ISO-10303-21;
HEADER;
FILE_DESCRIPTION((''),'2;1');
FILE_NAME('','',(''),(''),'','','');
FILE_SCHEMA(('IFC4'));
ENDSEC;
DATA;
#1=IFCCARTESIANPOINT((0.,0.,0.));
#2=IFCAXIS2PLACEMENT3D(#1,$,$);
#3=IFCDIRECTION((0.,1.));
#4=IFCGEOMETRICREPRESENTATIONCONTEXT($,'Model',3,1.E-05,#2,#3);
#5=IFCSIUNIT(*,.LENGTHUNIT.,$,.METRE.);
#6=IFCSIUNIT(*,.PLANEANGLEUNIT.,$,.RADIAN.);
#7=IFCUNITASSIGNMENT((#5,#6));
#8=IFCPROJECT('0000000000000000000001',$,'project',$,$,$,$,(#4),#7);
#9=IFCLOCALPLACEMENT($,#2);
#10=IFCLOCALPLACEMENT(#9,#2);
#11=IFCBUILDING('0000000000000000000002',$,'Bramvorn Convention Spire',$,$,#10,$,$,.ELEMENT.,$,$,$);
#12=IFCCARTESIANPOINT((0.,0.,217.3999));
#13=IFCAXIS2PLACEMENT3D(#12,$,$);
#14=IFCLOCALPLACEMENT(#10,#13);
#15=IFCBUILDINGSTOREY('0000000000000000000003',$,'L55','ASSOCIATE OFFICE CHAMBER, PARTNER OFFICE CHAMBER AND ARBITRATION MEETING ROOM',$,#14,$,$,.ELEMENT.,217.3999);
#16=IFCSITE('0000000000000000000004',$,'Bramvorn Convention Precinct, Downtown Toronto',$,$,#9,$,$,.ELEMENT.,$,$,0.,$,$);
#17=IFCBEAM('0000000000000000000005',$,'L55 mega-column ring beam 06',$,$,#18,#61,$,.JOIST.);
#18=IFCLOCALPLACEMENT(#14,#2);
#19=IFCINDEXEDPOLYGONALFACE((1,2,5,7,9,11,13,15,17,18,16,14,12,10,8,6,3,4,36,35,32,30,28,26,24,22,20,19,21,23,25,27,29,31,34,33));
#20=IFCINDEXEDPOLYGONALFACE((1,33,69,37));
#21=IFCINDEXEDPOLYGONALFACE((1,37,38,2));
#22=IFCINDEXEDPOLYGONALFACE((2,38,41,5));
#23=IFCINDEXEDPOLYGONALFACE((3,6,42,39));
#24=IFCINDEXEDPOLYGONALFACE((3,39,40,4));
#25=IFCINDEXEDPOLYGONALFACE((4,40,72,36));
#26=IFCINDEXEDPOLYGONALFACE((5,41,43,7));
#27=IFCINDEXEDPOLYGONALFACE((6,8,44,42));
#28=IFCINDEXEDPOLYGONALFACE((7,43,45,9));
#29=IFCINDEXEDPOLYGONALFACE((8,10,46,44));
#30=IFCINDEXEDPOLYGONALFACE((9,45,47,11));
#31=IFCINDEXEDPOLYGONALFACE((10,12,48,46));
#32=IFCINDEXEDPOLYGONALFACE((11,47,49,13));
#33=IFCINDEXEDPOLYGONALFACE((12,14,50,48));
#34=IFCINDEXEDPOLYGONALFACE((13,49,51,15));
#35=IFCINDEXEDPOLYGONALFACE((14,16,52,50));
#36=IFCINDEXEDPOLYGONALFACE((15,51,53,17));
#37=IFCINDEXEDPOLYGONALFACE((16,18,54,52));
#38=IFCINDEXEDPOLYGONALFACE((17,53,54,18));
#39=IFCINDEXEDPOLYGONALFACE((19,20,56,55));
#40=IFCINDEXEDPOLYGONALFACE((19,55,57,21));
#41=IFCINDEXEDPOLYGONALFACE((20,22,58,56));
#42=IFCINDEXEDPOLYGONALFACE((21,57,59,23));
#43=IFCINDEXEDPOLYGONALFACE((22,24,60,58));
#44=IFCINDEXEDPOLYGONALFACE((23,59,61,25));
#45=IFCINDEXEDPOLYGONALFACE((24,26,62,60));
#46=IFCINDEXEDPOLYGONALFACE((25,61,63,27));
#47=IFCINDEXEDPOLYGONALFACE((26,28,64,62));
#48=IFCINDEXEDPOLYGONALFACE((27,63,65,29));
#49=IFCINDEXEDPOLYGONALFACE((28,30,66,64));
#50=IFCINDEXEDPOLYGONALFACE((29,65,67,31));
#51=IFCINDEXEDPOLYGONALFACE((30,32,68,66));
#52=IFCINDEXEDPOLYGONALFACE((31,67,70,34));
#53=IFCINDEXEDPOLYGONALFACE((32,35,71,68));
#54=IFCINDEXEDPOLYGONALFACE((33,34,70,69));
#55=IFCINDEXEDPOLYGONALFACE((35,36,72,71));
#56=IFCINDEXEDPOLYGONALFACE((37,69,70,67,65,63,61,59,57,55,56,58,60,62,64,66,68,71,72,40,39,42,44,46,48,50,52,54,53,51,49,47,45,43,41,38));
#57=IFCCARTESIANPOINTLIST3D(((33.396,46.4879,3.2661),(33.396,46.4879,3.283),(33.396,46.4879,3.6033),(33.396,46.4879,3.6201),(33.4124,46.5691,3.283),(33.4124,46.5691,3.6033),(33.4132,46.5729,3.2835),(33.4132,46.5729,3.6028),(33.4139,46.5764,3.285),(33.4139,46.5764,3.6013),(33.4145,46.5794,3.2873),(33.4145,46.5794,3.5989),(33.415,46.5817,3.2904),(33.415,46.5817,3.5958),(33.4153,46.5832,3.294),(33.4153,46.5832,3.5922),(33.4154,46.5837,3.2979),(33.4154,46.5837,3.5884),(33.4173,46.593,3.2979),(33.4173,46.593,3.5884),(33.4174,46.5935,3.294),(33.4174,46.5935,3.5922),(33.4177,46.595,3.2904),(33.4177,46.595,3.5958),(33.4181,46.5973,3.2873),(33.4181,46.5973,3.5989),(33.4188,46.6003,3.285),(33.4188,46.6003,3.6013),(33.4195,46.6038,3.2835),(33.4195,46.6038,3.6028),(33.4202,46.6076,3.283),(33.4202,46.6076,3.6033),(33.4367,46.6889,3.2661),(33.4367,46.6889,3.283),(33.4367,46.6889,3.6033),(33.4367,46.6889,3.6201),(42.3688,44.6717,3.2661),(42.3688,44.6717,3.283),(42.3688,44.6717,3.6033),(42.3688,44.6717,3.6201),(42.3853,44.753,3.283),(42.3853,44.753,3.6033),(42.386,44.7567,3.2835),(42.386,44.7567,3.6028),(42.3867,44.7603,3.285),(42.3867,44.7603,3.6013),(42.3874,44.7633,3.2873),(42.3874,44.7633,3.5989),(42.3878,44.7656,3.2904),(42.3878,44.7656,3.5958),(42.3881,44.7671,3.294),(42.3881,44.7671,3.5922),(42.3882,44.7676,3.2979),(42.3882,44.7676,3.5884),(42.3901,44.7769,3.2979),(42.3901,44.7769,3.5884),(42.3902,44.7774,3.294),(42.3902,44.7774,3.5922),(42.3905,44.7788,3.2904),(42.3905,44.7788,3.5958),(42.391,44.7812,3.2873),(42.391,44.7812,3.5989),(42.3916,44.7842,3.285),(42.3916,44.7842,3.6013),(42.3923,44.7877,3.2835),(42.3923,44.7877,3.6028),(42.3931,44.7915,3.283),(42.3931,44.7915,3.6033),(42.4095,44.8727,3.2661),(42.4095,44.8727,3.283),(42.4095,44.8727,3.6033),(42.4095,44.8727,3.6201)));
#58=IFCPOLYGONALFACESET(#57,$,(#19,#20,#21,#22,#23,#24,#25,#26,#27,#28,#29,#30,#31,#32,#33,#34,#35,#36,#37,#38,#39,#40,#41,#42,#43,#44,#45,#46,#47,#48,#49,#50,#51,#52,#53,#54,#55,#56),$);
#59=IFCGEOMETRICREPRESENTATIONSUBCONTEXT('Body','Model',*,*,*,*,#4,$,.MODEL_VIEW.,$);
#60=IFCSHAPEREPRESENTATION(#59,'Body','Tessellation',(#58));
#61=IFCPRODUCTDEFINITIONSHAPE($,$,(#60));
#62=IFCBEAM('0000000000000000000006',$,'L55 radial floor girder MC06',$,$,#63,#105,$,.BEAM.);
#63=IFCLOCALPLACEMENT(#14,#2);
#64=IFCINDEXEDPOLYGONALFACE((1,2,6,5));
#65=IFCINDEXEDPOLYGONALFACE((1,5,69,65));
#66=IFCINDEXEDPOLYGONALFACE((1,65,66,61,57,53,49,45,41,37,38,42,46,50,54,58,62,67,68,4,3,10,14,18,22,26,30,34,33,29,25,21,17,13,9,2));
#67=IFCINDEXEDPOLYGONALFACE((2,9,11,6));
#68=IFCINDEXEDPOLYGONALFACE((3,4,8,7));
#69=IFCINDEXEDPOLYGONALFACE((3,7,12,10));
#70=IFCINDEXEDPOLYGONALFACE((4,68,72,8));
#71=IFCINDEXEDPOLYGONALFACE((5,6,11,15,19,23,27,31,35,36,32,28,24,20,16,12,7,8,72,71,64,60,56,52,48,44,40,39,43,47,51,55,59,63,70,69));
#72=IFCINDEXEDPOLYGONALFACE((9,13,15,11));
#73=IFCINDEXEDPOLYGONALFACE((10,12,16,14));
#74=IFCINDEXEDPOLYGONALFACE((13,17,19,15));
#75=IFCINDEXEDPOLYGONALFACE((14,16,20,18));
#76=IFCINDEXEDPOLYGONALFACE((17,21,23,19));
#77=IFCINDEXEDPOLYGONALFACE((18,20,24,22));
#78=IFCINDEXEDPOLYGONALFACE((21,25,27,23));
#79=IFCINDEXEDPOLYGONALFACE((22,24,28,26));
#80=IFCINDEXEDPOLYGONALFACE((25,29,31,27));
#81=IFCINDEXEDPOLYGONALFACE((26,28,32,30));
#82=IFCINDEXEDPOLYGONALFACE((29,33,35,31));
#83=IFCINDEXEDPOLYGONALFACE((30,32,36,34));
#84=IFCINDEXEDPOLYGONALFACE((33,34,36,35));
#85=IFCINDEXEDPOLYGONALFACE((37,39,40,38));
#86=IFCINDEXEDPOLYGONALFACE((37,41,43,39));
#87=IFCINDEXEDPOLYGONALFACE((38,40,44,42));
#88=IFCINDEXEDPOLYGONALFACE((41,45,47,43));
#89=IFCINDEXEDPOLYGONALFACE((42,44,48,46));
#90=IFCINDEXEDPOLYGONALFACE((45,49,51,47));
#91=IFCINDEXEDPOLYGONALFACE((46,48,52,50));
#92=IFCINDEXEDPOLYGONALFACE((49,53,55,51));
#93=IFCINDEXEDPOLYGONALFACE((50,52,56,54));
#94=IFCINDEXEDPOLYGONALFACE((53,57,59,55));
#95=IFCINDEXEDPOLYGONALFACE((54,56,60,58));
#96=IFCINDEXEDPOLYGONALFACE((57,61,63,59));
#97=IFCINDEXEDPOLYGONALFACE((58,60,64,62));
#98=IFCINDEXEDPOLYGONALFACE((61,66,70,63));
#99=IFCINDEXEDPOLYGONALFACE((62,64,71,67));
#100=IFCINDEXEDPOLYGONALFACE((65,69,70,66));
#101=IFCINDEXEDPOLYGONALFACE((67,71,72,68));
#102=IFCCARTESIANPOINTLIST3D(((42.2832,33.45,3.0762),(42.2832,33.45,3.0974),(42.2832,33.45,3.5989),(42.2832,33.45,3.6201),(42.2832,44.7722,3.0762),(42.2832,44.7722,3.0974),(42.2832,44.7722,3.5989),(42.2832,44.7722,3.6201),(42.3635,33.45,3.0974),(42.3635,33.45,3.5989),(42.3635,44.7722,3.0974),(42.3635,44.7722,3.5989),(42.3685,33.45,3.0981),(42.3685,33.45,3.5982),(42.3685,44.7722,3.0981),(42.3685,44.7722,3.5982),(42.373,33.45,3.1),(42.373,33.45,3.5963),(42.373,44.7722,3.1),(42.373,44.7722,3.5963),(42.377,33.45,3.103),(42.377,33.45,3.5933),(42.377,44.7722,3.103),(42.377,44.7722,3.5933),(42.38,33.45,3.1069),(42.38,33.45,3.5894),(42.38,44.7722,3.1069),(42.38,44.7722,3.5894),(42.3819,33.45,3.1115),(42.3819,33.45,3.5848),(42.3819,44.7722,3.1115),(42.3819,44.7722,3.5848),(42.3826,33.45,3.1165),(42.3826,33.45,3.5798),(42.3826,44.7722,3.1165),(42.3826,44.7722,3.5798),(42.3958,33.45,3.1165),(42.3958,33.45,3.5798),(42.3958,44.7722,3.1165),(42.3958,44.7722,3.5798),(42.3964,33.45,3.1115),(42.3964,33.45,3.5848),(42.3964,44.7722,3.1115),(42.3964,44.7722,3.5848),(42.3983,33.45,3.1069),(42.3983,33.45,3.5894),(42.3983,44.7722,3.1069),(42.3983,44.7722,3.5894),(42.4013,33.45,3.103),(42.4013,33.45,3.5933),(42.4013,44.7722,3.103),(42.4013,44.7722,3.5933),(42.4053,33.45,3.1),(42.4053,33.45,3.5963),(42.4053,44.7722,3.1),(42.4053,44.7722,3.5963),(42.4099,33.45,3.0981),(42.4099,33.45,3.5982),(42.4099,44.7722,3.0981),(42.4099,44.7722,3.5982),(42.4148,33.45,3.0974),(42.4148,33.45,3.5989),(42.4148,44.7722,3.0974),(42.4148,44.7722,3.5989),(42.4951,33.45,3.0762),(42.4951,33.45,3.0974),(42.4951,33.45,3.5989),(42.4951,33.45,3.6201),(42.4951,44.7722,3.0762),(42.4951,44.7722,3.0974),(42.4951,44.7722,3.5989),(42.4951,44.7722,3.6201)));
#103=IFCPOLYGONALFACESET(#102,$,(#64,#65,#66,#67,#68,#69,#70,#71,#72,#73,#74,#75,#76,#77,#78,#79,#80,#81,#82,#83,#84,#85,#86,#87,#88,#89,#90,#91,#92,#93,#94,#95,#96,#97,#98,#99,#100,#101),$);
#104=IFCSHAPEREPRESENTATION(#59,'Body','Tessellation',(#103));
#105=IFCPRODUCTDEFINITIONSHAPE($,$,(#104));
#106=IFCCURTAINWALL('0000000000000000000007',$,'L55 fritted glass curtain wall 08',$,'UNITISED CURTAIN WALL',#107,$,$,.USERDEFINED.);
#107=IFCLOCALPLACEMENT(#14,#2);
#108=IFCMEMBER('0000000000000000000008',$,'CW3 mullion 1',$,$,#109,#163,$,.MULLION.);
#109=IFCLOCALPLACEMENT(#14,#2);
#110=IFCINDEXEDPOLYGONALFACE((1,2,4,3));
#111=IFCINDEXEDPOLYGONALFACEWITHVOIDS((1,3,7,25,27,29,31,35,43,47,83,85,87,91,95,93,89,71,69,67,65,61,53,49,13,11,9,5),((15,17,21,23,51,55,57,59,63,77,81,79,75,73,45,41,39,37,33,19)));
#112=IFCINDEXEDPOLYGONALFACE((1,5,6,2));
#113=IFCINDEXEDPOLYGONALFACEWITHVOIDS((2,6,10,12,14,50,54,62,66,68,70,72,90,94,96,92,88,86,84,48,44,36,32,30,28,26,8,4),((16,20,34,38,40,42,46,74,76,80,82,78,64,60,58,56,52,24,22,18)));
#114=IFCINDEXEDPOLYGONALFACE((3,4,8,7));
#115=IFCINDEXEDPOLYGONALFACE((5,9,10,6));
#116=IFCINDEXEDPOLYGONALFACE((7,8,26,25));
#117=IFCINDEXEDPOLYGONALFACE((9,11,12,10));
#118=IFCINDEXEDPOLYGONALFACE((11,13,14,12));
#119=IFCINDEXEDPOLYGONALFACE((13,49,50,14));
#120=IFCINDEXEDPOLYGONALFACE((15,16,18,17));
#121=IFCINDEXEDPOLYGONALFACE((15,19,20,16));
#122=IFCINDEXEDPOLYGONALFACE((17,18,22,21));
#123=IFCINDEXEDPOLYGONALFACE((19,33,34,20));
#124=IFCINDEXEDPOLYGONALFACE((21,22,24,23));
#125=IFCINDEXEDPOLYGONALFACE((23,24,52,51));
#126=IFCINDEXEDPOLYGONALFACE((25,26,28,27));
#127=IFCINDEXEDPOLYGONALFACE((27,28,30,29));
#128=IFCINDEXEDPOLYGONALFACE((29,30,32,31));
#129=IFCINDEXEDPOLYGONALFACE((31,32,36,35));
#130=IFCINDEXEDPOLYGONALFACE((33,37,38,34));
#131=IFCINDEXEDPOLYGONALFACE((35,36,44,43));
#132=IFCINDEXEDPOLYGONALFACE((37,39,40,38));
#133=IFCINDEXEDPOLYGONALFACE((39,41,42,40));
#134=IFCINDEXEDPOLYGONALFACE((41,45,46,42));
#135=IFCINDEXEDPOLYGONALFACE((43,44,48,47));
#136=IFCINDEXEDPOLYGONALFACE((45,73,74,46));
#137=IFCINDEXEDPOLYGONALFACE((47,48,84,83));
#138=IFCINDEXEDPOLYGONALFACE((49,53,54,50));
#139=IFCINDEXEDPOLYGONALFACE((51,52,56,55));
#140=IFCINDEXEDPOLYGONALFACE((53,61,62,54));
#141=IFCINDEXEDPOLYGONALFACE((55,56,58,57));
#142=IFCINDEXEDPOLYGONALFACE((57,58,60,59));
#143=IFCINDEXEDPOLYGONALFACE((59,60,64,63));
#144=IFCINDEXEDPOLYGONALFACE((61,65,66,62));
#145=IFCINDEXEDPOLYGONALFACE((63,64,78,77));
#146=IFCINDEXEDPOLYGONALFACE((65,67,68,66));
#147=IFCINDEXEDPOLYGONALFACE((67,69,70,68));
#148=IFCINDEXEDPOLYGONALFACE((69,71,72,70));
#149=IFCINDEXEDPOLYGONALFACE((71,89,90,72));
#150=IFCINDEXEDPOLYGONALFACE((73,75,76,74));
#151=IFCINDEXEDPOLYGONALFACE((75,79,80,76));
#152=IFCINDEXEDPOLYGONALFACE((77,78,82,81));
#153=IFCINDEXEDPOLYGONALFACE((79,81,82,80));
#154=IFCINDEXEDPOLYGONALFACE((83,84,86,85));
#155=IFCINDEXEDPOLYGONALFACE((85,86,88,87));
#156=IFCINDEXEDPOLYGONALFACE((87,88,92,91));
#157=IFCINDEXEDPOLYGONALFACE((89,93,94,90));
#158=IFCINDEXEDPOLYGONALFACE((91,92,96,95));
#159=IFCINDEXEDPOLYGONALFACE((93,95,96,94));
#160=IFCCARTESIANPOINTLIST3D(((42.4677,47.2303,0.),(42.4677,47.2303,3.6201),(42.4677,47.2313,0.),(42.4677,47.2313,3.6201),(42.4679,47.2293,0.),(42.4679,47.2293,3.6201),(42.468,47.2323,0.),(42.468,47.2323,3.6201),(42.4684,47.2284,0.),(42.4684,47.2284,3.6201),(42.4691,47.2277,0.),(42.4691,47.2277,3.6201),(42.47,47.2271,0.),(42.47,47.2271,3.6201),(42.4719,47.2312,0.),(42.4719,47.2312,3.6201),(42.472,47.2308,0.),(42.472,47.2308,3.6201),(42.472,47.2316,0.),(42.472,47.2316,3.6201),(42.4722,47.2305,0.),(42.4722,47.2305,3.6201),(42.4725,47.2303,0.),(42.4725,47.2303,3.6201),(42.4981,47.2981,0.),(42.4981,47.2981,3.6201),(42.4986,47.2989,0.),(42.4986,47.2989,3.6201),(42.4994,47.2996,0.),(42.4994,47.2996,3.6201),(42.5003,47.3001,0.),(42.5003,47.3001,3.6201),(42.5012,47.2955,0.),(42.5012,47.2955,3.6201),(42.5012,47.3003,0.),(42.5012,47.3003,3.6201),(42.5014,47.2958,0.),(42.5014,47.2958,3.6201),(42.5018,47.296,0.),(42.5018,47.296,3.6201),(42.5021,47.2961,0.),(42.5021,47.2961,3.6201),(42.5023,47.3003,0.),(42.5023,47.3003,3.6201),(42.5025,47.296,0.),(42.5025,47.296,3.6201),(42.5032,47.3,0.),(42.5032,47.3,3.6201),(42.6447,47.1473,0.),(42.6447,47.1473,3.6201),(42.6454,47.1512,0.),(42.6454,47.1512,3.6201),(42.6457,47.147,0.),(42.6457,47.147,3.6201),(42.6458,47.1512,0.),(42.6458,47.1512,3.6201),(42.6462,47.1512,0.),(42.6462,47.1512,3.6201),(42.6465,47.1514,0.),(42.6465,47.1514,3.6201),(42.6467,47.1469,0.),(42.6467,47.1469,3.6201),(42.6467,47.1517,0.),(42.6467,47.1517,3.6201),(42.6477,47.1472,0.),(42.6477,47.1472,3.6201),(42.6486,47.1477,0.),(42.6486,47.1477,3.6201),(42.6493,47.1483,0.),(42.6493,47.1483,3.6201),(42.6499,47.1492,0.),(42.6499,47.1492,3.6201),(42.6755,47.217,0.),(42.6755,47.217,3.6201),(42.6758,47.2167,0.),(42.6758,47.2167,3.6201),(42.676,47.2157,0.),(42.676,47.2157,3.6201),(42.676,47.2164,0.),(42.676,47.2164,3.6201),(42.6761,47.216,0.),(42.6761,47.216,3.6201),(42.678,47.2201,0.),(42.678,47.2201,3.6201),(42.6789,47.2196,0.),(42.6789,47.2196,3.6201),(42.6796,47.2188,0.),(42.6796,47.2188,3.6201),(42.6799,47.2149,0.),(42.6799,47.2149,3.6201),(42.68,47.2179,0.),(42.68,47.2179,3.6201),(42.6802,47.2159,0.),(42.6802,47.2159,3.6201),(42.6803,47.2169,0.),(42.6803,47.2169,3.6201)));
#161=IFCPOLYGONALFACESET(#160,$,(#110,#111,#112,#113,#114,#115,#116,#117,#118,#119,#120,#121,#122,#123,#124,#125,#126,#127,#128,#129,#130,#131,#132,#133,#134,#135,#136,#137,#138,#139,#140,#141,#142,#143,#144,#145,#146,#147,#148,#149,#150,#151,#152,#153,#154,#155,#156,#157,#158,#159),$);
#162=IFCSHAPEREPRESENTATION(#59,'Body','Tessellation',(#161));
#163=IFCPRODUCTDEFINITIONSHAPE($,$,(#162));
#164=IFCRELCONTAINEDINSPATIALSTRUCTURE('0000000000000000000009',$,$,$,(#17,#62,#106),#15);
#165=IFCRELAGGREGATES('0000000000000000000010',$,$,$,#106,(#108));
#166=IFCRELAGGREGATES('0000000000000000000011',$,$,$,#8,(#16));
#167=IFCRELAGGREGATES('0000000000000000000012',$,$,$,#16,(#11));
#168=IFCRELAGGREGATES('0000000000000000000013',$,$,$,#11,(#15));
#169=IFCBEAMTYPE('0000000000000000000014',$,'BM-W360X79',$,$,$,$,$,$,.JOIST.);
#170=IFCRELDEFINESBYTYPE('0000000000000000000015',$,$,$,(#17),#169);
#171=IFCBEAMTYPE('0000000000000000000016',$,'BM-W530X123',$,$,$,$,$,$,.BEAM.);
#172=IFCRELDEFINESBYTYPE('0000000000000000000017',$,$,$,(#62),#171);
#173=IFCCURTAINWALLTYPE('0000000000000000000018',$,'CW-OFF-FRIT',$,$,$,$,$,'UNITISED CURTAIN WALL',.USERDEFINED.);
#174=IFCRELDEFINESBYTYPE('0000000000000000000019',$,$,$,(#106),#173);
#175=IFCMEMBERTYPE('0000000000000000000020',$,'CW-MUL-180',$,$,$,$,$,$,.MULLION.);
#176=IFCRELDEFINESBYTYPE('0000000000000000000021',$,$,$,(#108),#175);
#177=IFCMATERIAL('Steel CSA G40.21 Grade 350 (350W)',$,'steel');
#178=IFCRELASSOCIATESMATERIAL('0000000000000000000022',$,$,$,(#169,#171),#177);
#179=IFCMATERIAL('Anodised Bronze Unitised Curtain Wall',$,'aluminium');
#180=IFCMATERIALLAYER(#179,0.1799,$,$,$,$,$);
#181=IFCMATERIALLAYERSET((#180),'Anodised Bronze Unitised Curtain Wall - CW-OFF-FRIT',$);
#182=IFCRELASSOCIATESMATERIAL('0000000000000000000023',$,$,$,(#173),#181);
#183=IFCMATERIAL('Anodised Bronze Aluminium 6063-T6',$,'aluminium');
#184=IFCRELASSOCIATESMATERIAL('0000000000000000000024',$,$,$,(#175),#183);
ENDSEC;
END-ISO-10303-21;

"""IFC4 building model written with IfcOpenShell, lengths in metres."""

from ifc_helpers import new_model, si_unit, direction, frame, origin, origin_2d, place, context, subcontext, project, spatial, hollow_rectangle, i_section, extrude, material, layer, layer_set, material_profile, profile_set, type_object, element, aggregate, save


model = new_model("IFC4")

# Units and contexts
model_context = context("Model", 3, precision=1e-05, world=origin(), true_north=direction((0.0, 1.0)))
body_context = subcontext(model_context, "Body", "Model", "MODEL_VIEW")
ifc_project = project(units=[si_unit("LENGTHUNIT", "METRE"), si_unit("PLANEANGLEUNIT", "RADIAN")], contexts=[model_context])

# Site, building, storey
site_placement = place(None, origin())
site = spatial("IfcSite", under=ifc_project, at=site_placement, Name="Bramvorn Convention Precinct, Downtown Toronto", CompositionType="ELEMENT", RefElevation=0.0)
building_placement = place(site_placement, origin())
building = spatial("IfcBuilding", under=site, at=building_placement, Name="Bramvorn Convention Spire", CompositionType="ELEMENT")
storey_placement = place(building_placement, frame((0.0, 0.0, 217.3999)))
storey = spatial("IfcBuildingStorey", under=building, at=storey_placement, Name="L55", Description="ASSOCIATE OFFICE CHAMBER, PARTNER OFFICE CHAMBER AND ARBITRATION MEETING ROOM", CompositionType="ELEMENT", Elevation=217.3999)

# Shared definitions
ifc_material_1 = material(Name="Steel CSA G40.21 Grade 350 (350W)", Category="steel")

# Beams
ifc_material_profile_1 = material_profile(ifc_material_1, i_section(OverallWidth=0.2051, OverallDepth=0.354, WebThickness=0.0095, FlangeThickness=0.0168, FilletRadius=0.0149, at=origin_2d()))
ifc_profile_set_1 = profile_set([ifc_material_profile_1], Name="Steel CSA G40.21 Grade 350 (350W) - W360X79")
beam_type_1 = type_object("IfcBeamType", Name="BM-W360X79", PredefinedType="JOIST", material=ifc_profile_set_1)
beam_1_placement = place(storey_placement, frame((42.3892, 44.7722, 3.4431), z_axis=(-0.980125, 0.198382, 0.0), x_axis=(-0.198382, -0.980125, 0.0)))
element("IfcBeam", 1, at=beam_1_placement, inside=storey, type_object=beam_type_1, Name="L55 mega-column ring beam 06", PredefinedType="JOIST", context=body_context, shape_type="SweptSolid", body=[
    extrude(i_section(OverallWidth=0.2051, OverallDepth=0.354, WebThickness=0.0095, FlangeThickness=0.0168, FilletRadius=0.0149, at=origin_2d()), origin(), (0.0, 0.0, 1.0), 9.1548),
])
ifc_material_profile_2 = material_profile(ifc_material_1, i_section(OverallWidth=0.2119, OverallDepth=0.5439, WebThickness=0.0132, FlangeThickness=0.0212, FilletRadius=0.019, at=origin_2d()))
ifc_profile_set_2 = profile_set([ifc_material_profile_2], Name="Steel CSA G40.21 Grade 350 (350W) - W530X123")
beam_type_2 = type_object("IfcBeamType", Name="BM-W530X123", PredefinedType="BEAM", material=ifc_profile_set_2)
beam_2_placement = place(storey_placement, frame((42.3892, 33.45, 3.3481), z_axis=(0.0, 1.0, 0.0), x_axis=(-1.0, 0.0, 0.0)))
element("IfcBeam", 2, at=beam_2_placement, inside=storey, type_object=beam_type_2, Name="L55 radial floor girder MC06", PredefinedType="BEAM", context=body_context, shape_type="SweptSolid", body=[
    extrude(i_section(OverallWidth=0.2119, OverallDepth=0.5439, WebThickness=0.0132, FlangeThickness=0.0212, FilletRadius=0.019, at=origin_2d()), origin(), (0.0, 0.0, 1.0), 11.3223),
])

# Curtain wall, member
ifc_material_2 = material(Name="Anodised Bronze Unitised Curtain Wall", Category="aluminium")
ifc_layer_1 = layer(ifc_material_2, 0.1799)
ifc_layer_set_1 = layer_set([ifc_layer_1], Name="Anodised Bronze Unitised Curtain Wall - CW-OFF-FRIT")
curtain_wall_type = type_object("IfcCurtainWallType", Name="CW-OFF-FRIT", ElementType="UNITISED CURTAIN WALL", PredefinedType="USERDEFINED", material=ifc_layer_set_1)
curtain_wall_placement = place(storey_placement, origin())
curtain_wall = element("IfcCurtainWall", 3, at=curtain_wall_placement, inside=storey, type_object=curtain_wall_type, Name="L55 fritted glass curtain wall 08", ObjectType="UNITISED CURTAIN WALL", PredefinedType="USERDEFINED")
ifc_material_3 = material(Name="Anodised Bronze Aluminium 6063-T6", Category="aluminium")
ifc_material_profile_3 = material_profile(ifc_material_3, hollow_rectangle(XDim=0.0801, YDim=0.2, WallThickness=0.0039, InnerFilletRadius=0.001, OuterFilletRadius=0.0039, at=origin_2d()))
ifc_profile_set_3 = profile_set([ifc_material_profile_3], Name="Anodised Bronze Aluminium 6063-T6 - CWM80X200")
member_type_1 = type_object("IfcMemberType", Name="CW-MUL-180", PredefinedType="MULLION", material=ifc_profile_set_3)
member_1_placement = place(storey_placement, frame((42.574, 47.2236, 0.0), z_axis=(0.0, 0.0, 1.0), x_axis=(0.415653, 0.909523, 0.0)))
member_1 = element("IfcMember", 4, at=member_1_placement, type_object=member_type_1, Name="CW3 mullion 1", PredefinedType="MULLION", context=body_context, shape_type="SweptSolid", body=[
    extrude(hollow_rectangle(XDim=0.0801, YDim=0.2, WallThickness=0.0039, InnerFilletRadius=0.001, OuterFilletRadius=0.0039, at=origin_2d()), origin(), (0.0, 0.0, 1.0), 3.6201),
])
aggregate(curtain_wall, [member_1])

save(model, "model.ifc")
